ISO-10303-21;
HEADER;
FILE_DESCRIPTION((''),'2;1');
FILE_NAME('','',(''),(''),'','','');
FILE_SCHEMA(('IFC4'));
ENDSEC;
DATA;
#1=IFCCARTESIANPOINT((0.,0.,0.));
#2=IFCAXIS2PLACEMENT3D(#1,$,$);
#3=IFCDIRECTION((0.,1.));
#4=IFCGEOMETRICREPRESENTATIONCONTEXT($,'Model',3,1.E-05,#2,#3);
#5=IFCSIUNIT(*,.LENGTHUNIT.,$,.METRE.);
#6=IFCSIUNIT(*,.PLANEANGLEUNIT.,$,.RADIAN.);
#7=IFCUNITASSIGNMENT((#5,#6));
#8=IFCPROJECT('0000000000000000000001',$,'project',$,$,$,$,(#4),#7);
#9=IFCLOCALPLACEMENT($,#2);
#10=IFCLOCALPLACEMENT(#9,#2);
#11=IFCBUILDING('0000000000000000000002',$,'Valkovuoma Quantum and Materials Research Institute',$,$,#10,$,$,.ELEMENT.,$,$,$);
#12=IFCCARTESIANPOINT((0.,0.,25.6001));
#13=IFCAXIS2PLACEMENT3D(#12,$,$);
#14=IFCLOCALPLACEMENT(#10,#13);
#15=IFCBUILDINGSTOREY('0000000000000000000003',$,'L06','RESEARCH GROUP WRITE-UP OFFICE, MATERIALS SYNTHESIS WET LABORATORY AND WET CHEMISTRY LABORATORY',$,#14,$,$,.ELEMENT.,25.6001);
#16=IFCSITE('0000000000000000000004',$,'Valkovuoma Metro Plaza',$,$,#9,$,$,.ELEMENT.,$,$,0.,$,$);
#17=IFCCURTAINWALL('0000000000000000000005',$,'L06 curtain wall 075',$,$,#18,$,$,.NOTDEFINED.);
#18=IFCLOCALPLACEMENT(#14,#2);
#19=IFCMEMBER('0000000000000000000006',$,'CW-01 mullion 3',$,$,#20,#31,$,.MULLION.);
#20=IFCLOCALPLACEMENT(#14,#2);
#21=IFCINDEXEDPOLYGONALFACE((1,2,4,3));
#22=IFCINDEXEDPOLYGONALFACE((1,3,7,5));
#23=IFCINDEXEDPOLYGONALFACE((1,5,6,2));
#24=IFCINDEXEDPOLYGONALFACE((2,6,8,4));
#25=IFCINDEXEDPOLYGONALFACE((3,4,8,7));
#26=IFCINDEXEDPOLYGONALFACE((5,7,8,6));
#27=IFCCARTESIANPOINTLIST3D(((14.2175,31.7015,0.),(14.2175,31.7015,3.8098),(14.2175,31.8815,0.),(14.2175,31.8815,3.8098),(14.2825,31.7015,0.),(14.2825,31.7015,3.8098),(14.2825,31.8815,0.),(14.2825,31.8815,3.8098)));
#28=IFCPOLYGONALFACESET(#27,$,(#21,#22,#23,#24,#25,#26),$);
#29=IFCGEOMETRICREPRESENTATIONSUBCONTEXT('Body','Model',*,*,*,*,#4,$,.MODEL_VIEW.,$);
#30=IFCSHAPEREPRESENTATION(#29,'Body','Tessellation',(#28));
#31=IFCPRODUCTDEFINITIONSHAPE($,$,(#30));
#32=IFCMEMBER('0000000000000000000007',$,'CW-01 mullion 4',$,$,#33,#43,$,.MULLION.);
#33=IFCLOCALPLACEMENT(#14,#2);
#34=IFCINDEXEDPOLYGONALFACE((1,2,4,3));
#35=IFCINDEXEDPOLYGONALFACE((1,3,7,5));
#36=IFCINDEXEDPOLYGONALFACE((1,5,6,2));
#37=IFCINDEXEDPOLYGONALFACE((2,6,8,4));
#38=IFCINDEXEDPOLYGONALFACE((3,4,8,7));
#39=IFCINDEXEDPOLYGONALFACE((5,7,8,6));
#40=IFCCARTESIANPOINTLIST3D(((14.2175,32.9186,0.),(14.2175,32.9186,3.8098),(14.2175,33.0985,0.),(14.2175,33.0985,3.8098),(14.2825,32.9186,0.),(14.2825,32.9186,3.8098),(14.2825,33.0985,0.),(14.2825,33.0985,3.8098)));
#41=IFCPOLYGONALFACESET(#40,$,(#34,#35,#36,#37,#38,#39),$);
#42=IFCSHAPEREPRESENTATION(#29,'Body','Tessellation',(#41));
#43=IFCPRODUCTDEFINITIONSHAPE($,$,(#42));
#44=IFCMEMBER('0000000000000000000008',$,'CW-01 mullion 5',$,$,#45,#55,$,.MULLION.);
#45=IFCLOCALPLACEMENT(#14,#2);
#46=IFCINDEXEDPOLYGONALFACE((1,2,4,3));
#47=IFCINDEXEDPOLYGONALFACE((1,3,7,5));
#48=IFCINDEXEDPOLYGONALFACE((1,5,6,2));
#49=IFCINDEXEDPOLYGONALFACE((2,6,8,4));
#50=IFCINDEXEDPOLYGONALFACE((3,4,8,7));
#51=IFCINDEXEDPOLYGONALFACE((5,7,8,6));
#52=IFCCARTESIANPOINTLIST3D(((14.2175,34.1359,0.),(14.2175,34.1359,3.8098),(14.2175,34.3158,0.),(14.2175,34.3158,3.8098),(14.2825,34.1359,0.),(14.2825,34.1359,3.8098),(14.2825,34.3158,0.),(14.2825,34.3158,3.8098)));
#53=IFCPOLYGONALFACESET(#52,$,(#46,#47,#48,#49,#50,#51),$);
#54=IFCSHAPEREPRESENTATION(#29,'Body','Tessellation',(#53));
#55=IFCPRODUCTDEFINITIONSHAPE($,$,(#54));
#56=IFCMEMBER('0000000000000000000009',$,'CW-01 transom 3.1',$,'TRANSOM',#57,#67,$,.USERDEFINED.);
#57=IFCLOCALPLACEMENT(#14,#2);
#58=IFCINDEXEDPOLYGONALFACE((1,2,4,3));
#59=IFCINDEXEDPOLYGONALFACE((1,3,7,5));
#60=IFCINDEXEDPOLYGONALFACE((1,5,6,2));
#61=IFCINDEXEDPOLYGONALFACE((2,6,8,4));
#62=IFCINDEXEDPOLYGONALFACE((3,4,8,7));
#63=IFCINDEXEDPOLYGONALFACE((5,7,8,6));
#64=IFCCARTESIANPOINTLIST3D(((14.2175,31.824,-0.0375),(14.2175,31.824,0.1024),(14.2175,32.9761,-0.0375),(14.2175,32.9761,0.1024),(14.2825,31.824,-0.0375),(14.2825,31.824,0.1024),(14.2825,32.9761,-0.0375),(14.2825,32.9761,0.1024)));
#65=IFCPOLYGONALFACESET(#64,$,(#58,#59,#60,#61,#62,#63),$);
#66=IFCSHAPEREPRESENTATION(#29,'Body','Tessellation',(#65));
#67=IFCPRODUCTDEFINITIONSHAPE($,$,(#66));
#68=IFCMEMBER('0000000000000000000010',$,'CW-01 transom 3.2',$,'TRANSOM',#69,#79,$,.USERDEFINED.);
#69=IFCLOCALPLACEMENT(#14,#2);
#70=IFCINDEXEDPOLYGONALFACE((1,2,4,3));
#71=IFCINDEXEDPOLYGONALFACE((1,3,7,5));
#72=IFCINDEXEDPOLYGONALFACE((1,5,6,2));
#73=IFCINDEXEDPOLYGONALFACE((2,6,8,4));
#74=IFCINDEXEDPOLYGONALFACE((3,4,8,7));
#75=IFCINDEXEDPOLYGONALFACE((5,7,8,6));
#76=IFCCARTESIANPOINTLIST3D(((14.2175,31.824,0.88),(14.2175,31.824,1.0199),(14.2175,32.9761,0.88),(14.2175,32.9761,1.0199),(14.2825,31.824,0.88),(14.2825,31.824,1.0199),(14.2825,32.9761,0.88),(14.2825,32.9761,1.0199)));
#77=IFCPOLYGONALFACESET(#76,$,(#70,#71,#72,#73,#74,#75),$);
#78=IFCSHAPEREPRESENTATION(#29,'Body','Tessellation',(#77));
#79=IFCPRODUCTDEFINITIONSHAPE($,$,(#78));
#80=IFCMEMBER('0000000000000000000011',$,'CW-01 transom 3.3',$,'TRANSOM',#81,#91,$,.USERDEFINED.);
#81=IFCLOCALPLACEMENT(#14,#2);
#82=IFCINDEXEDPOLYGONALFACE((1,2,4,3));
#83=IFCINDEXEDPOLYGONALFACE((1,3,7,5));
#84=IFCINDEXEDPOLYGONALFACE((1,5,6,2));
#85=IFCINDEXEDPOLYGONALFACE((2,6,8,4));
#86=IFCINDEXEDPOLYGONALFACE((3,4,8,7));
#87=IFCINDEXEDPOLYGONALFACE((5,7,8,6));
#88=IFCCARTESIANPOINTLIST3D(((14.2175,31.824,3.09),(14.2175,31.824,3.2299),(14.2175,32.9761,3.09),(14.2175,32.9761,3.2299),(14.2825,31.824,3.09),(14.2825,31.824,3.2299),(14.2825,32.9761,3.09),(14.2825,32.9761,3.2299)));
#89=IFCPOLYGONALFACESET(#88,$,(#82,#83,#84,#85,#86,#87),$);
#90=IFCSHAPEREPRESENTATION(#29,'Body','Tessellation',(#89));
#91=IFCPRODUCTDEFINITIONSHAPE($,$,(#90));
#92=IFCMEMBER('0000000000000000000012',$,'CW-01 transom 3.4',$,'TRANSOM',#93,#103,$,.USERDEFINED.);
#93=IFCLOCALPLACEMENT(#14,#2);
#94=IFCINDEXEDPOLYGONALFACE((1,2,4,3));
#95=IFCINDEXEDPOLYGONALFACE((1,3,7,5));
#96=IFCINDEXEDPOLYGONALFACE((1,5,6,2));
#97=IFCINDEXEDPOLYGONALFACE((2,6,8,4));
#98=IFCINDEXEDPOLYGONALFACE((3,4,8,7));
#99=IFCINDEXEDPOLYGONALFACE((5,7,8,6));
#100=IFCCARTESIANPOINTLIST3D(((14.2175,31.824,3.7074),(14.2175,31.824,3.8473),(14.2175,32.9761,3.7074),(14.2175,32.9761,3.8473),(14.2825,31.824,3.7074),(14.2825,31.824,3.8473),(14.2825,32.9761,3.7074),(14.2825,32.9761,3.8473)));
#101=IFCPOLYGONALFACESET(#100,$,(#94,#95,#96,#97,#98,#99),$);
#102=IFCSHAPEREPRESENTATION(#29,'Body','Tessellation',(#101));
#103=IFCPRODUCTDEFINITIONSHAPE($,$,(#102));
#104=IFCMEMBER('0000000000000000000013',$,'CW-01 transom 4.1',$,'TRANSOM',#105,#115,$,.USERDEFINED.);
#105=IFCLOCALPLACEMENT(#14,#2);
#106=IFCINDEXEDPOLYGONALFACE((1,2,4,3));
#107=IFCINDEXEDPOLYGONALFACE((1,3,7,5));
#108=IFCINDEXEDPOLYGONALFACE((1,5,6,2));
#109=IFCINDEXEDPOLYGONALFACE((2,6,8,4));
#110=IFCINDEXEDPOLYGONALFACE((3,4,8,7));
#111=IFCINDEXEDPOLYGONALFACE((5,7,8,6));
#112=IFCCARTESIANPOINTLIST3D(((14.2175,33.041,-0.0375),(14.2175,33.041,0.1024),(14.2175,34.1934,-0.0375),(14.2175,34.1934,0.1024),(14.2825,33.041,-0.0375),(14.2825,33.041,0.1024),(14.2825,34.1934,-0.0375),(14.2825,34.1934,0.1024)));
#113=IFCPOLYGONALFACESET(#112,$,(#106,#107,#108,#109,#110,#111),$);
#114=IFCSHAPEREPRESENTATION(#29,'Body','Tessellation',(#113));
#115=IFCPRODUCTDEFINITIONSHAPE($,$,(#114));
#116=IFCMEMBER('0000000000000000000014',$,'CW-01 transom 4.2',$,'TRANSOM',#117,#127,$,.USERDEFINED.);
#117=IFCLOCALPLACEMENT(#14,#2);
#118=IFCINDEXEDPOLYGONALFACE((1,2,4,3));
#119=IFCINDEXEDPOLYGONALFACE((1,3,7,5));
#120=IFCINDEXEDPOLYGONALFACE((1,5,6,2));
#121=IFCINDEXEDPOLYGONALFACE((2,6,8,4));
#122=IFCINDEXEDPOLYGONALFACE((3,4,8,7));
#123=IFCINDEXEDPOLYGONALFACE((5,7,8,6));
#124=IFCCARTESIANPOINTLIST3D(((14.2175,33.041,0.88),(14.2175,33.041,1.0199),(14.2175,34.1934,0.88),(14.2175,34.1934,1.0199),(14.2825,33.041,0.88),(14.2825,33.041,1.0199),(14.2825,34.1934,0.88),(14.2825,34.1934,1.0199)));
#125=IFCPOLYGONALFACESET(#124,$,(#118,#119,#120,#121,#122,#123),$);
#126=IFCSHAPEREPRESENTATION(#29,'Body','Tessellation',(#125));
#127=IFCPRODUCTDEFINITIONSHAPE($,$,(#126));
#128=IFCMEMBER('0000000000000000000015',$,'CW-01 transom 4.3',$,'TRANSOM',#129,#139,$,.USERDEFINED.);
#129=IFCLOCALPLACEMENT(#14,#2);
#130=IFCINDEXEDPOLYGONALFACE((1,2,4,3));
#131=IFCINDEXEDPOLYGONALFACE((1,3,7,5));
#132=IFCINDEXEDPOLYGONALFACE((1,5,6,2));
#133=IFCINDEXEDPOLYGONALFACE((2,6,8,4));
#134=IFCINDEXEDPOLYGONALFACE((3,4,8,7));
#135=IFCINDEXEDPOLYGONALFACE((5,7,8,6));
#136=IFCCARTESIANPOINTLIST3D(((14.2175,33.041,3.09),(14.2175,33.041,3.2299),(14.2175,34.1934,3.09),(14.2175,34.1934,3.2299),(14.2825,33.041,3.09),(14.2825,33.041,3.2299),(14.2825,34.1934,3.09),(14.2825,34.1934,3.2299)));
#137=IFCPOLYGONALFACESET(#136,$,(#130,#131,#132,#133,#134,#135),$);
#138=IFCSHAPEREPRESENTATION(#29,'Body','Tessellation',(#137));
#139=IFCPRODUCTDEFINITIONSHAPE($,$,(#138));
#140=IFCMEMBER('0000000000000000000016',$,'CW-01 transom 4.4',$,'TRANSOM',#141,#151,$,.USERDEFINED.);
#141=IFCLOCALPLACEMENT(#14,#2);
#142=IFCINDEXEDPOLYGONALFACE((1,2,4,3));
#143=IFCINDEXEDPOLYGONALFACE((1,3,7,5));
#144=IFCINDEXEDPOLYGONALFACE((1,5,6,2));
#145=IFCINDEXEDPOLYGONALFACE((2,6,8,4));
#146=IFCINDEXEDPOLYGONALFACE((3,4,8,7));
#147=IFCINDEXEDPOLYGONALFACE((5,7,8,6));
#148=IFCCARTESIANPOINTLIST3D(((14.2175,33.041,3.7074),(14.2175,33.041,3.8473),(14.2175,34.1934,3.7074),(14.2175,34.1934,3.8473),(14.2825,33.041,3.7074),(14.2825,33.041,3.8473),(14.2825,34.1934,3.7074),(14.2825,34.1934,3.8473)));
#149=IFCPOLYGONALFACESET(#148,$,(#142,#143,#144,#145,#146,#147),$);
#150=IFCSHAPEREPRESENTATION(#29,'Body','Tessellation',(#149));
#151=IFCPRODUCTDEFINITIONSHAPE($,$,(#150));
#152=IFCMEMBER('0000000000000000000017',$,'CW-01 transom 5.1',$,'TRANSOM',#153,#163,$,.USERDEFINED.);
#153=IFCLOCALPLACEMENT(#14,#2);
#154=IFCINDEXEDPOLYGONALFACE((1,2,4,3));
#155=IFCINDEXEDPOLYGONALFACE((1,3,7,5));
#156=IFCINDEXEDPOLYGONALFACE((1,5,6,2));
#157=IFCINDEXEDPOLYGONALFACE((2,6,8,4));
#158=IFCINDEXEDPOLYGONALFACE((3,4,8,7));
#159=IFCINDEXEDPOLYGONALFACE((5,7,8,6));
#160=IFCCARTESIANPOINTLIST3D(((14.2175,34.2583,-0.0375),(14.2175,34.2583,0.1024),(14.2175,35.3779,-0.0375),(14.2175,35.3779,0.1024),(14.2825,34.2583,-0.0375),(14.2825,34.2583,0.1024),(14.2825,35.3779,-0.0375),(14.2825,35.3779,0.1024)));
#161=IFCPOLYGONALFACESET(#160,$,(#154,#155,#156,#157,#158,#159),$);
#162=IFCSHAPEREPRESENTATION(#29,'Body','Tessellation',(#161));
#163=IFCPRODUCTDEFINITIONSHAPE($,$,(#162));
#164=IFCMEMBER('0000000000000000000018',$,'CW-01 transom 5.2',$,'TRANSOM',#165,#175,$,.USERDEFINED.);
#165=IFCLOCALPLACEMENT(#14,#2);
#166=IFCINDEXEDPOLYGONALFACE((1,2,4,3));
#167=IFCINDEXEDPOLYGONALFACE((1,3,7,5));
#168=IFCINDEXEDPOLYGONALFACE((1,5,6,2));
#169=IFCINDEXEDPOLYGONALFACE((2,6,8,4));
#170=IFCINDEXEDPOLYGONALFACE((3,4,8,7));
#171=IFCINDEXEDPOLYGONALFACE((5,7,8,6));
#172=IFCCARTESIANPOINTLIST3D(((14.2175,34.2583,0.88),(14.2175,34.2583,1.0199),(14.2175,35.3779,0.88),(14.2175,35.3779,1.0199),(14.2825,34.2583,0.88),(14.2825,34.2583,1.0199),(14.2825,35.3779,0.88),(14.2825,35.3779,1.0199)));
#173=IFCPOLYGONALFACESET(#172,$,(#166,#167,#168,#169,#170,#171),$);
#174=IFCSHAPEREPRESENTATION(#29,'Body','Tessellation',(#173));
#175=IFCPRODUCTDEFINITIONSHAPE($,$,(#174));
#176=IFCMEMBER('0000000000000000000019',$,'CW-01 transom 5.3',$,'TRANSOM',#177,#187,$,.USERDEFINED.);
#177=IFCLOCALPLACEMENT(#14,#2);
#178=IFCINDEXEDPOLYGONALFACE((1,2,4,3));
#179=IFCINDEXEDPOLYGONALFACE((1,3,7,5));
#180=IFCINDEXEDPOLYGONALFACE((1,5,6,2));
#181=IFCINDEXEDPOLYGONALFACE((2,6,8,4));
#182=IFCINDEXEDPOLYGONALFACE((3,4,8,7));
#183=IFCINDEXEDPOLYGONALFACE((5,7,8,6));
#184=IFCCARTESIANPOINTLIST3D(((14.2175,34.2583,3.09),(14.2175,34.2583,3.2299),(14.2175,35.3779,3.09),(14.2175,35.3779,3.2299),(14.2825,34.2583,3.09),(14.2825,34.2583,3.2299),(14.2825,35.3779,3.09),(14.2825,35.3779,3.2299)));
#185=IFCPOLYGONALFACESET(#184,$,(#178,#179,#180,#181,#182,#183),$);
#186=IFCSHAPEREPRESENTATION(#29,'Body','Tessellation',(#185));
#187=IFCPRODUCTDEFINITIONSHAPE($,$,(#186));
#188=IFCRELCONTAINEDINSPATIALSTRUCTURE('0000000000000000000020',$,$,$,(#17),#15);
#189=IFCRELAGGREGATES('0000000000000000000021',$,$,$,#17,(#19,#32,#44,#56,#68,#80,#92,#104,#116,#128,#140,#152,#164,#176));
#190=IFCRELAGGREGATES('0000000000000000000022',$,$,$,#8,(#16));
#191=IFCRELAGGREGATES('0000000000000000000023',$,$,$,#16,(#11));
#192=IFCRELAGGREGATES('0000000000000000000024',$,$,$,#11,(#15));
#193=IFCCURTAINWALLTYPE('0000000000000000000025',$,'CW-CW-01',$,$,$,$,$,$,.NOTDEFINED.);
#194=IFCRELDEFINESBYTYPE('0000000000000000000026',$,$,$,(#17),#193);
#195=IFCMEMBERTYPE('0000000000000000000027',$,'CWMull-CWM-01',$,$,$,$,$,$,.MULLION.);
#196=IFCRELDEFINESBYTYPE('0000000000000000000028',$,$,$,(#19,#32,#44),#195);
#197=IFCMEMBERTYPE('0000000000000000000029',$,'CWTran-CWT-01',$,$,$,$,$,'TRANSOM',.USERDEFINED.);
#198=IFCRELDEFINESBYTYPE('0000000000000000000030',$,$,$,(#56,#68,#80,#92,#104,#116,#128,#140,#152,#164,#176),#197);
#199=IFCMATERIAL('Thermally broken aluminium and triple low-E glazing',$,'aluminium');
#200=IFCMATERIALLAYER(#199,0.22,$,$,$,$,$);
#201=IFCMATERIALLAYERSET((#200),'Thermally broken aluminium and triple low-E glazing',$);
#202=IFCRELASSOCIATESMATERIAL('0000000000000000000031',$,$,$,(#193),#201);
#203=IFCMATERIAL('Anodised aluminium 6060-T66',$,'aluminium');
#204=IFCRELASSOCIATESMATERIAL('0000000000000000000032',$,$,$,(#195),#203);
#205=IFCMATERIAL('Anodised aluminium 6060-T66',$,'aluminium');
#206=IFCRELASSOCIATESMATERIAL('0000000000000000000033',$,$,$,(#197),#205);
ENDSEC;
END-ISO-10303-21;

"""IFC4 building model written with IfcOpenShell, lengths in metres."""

from ifc_helpers import new_model, si_unit, direction, frame, origin, origin_2d, place, context, subcontext, project, spatial, rectangle, extrude, material, layer, layer_set, material_profile, profile_set, type_object, element, aggregate, save


model = new_model("IFC4")

# Units and contexts
model_context = context("Model", 3, precision=1e-05, world=origin(), true_north=direction((0.0, 1.0)))
body_context = subcontext(model_context, "Body", "Model", "MODEL_VIEW")
ifc_project = project(units=[si_unit("LENGTHUNIT", "METRE"), si_unit("PLANEANGLEUNIT", "RADIAN")], contexts=[model_context])

# Site, building, storey
site_placement = place(None, origin())
site = spatial("IfcSite", under=ifc_project, at=site_placement, Name="Valkovuoma Metro Plaza", CompositionType="ELEMENT", RefElevation=0.0)
building_placement = place(site_placement, origin())
building = spatial("IfcBuilding", under=site, at=building_placement, Name="Valkovuoma Quantum and Materials Research Institute", CompositionType="ELEMENT")
storey_placement = place(building_placement, frame((0.0, 0.0, 25.6001)))
storey = spatial("IfcBuildingStorey", under=building, at=storey_placement, Name="L06", Description="RESEARCH GROUP WRITE-UP OFFICE, MATERIALS SYNTHESIS WET LABORATORY AND WET CHEMISTRY LABORATORY", CompositionType="ELEMENT", Elevation=25.6001)

# Curtain wall, members
ifc_material_1 = material(Name="Thermally broken aluminium and triple low-E glazing", Category="aluminium")
ifc_layer_1 = layer(ifc_material_1, 0.22)
ifc_layer_set_1 = layer_set([ifc_layer_1], Name="Thermally broken aluminium and triple low-E glazing")
curtain_wall_type = type_object("IfcCurtainWallType", Name="CW-CW-01", PredefinedType="NOTDEFINED", material=ifc_layer_set_1)
curtain_wall_placement = place(storey_placement, origin())
curtain_wall = element("IfcCurtainWall", 1, at=curtain_wall_placement, inside=storey, type_object=curtain_wall_type, Name="L06 curtain wall 075", PredefinedType="NOTDEFINED")
ifc_material_2 = material(Name="Anodised aluminium 6060-T66", Category="aluminium")
ifc_material_profile_1 = material_profile(ifc_material_2, rectangle(XDim=0.0649, YDim=0.1799, at=origin_2d()), Name="Anodised aluminium 6060-T66")
ifc_profile_set_1 = profile_set([ifc_material_profile_1], Name="Anodised aluminium 6060-T66")
member_type_1 = type_object("IfcMemberType", Name="CWMull-CWM-01", PredefinedType="MULLION", material=ifc_profile_set_1)
member_1_placement = place(storey_placement, frame((14.25, 31.7915, 0.0), z_axis=(0.0, 0.0, 1.0), x_axis=(-1.0, 0.0, 0.0)))
member_1 = element("IfcMember", 2, at=member_1_placement, type_object=member_type_1, Name="CW-01 mullion 3", PredefinedType="MULLION", context=body_context, shape_type="SweptSolid", body=[
    extrude(rectangle(XDim=0.0649, YDim=0.1799, at=origin_2d()), origin(), (0.0, 0.0, 1.0), 3.8098),
])
member_2_placement = place(storey_placement, frame((14.25, 33.0085, 0.0), z_axis=(0.0, 0.0, 1.0), x_axis=(-1.0, 0.0, 0.0)))
member_2 = element("IfcMember", 3, at=member_2_placement, type_object=member_type_1, Name="CW-01 mullion 4", PredefinedType="MULLION", context=body_context, shape_type="SweptSolid", body=[
    extrude(rectangle(XDim=0.0649, YDim=0.1799, at=origin_2d()), origin(), (0.0, 0.0, 1.0), 3.8098),
])
member_3_placement = place(storey_placement, frame((14.25, 34.2258, 0.0), z_axis=(0.0, 0.0, 1.0), x_axis=(-1.0, 0.0, 0.0)))
member_3 = element("IfcMember", 4, at=member_3_placement, type_object=member_type_1, Name="CW-01 mullion 5", PredefinedType="MULLION", context=body_context, shape_type="SweptSolid", body=[
    extrude(rectangle(XDim=0.0649, YDim=0.1799, at=origin_2d()), origin(), (0.0, 0.0, 1.0), 3.8098),
])
ifc_material_3 = material(Name="Anodised aluminium 6060-T66", Category="aluminium")
ifc_material_profile_2 = material_profile(ifc_material_3, rectangle(XDim=0.0649, YDim=0.1399, at=origin_2d()), Name="Anodised aluminium 6060-T66")
ifc_profile_set_2 = profile_set([ifc_material_profile_2], Name="Anodised aluminium 6060-T66")
member_type_2 = type_object("IfcMemberType", Name="CWTran-CWT-01", ElementType="TRANSOM", PredefinedType="USERDEFINED", material=ifc_profile_set_2)
member_4_placement = place(storey_placement, frame((14.25, 31.824, 0.0325), z_axis=(0.0, 1.0, 0.0), x_axis=(-1.0, 0.0, 0.0)))
member_4 = element("IfcMember", 5, at=member_4_placement, type_object=member_type_2, Name="CW-01 transom 3.1", ObjectType="TRANSOM", PredefinedType="USERDEFINED", context=body_context, shape_type="SweptSolid", body=[
    extrude(rectangle(XDim=0.0649, YDim=0.1399, at=origin_2d()), origin(), (0.0, 0.0, 1.0), 1.1521),
])
member_5_placement = place(storey_placement, frame((14.25, 31.824, 0.95), z_axis=(0.0, 1.0, 0.0), x_axis=(-1.0, 0.0, 0.0)))
member_5 = element("IfcMember", 6, at=member_5_placement, type_object=member_type_2, Name="CW-01 transom 3.2", ObjectType="TRANSOM", PredefinedType="USERDEFINED", context=body_context, shape_type="SweptSolid", body=[
    extrude(rectangle(XDim=0.0649, YDim=0.1399, at=origin_2d()), origin(), (0.0, 0.0, 1.0), 1.1521),
])
member_6_placement = place(storey_placement, frame((14.25, 31.824, 3.1599), z_axis=(0.0, 1.0, 0.0), x_axis=(-1.0, 0.0, 0.0)))
member_6 = element("IfcMember", 7, at=member_6_placement, type_object=member_type_2, Name="CW-01 transom 3.3", ObjectType="TRANSOM", PredefinedType="USERDEFINED", context=body_context, shape_type="SweptSolid", body=[
    extrude(rectangle(XDim=0.0649, YDim=0.1399, at=origin_2d()), origin(), (0.0, 0.0, 1.0), 1.1521),
])
member_7_placement = place(storey_placement, frame((14.25, 31.824, 3.7773), z_axis=(0.0, 1.0, 0.0), x_axis=(-1.0, 0.0, 0.0)))
member_7 = element("IfcMember", 8, at=member_7_placement, type_object=member_type_2, Name="CW-01 transom 3.4", ObjectType="TRANSOM", PredefinedType="USERDEFINED", context=body_context, shape_type="SweptSolid", body=[
    extrude(rectangle(XDim=0.0649, YDim=0.1399, at=origin_2d()), origin(), (0.0, 0.0, 1.0), 1.1521),
])
member_8_placement = place(storey_placement, frame((14.25, 33.041, 0.0325), z_axis=(0.0, 1.0, 0.0), x_axis=(-1.0, 0.0, 0.0)))
member_8 = element("IfcMember", 9, at=member_8_placement, type_object=member_type_2, Name="CW-01 transom 4.1", ObjectType="TRANSOM", PredefinedType="USERDEFINED", context=body_context, shape_type="SweptSolid", body=[
    extrude(rectangle(XDim=0.0649, YDim=0.1399, at=origin_2d()), origin(), (0.0, 0.0, 1.0), 1.1523),
])
member_9_placement = place(storey_placement, frame((14.25, 33.041, 0.95), z_axis=(0.0, 1.0, 0.0), x_axis=(-1.0, 0.0, 0.0)))
member_9 = element("IfcMember", 10, at=member_9_placement, type_object=member_type_2, Name="CW-01 transom 4.2", ObjectType="TRANSOM", PredefinedType="USERDEFINED", context=body_context, shape_type="SweptSolid", body=[
    extrude(rectangle(XDim=0.0649, YDim=0.1399, at=origin_2d()), origin(), (0.0, 0.0, 1.0), 1.1523),
])
member_10_placement = place(storey_placement, frame((14.25, 33.041, 3.1599), z_axis=(0.0, 1.0, 0.0), x_axis=(-1.0, 0.0, 0.0)))
member_10 = element("IfcMember", 11, at=member_10_placement, type_object=member_type_2, Name="CW-01 transom 4.3", ObjectType="TRANSOM", PredefinedType="USERDEFINED", context=body_context, shape_type="SweptSolid", body=[
    extrude(rectangle(XDim=0.0649, YDim=0.1399, at=origin_2d()), origin(), (0.0, 0.0, 1.0), 1.1523),
])
member_11_placement = place(storey_placement, frame((14.25, 33.041, 3.7773), z_axis=(0.0, 1.0, 0.0), x_axis=(-1.0, 0.0, 0.0)))
member_11 = element("IfcMember", 12, at=member_11_placement, type_object=member_type_2, Name="CW-01 transom 4.4", ObjectType="TRANSOM", PredefinedType="USERDEFINED", context=body_context, shape_type="SweptSolid", body=[
    extrude(rectangle(XDim=0.0649, YDim=0.1399, at=origin_2d()), origin(), (0.0, 0.0, 1.0), 1.1523),
])
member_12_placement = place(storey_placement, frame((14.25, 34.2583, 0.0325), z_axis=(0.0, 1.0, 0.0), x_axis=(-1.0, 0.0, 0.0)))
member_12 = element("IfcMember", 13, at=member_12_placement, type_object=member_type_2, Name="CW-01 transom 5.1", ObjectType="TRANSOM", PredefinedType="USERDEFINED", context=body_context, shape_type="SweptSolid", body=[
    extrude(rectangle(XDim=0.0649, YDim=0.1399, at=origin_2d()), origin(), (0.0, 0.0, 1.0), 1.1196),
])
member_13_placement = place(storey_placement, frame((14.25, 34.2583, 0.95), z_axis=(0.0, 1.0, 0.0), x_axis=(-1.0, 0.0, 0.0)))
member_13 = element("IfcMember", 14, at=member_13_placement, type_object=member_type_2, Name="CW-01 transom 5.2", ObjectType="TRANSOM", PredefinedType="USERDEFINED", context=body_context, shape_type="SweptSolid", body=[
    extrude(rectangle(XDim=0.0649, YDim=0.1399, at=origin_2d()), origin(), (0.0, 0.0, 1.0), 1.1196),
])
member_14_placement = place(storey_placement, frame((14.25, 34.2583, 3.1599), z_axis=(0.0, 1.0, 0.0), x_axis=(-1.0, 0.0, 0.0)))
member_14 = element("IfcMember", 15, at=member_14_placement, type_object=member_type_2, Name="CW-01 transom 5.3", ObjectType="TRANSOM", PredefinedType="USERDEFINED", context=body_context, shape_type="SweptSolid", body=[
    extrude(rectangle(XDim=0.0649, YDim=0.1399, at=origin_2d()), origin(), (0.0, 0.0, 1.0), 1.1196),
])
aggregate(curtain_wall, [member_1, member_2, member_3, member_4, member_5, member_6, member_7, member_8, member_9, member_10, member_11, member_12, member_13, member_14])

save(model, "model.ifc")
